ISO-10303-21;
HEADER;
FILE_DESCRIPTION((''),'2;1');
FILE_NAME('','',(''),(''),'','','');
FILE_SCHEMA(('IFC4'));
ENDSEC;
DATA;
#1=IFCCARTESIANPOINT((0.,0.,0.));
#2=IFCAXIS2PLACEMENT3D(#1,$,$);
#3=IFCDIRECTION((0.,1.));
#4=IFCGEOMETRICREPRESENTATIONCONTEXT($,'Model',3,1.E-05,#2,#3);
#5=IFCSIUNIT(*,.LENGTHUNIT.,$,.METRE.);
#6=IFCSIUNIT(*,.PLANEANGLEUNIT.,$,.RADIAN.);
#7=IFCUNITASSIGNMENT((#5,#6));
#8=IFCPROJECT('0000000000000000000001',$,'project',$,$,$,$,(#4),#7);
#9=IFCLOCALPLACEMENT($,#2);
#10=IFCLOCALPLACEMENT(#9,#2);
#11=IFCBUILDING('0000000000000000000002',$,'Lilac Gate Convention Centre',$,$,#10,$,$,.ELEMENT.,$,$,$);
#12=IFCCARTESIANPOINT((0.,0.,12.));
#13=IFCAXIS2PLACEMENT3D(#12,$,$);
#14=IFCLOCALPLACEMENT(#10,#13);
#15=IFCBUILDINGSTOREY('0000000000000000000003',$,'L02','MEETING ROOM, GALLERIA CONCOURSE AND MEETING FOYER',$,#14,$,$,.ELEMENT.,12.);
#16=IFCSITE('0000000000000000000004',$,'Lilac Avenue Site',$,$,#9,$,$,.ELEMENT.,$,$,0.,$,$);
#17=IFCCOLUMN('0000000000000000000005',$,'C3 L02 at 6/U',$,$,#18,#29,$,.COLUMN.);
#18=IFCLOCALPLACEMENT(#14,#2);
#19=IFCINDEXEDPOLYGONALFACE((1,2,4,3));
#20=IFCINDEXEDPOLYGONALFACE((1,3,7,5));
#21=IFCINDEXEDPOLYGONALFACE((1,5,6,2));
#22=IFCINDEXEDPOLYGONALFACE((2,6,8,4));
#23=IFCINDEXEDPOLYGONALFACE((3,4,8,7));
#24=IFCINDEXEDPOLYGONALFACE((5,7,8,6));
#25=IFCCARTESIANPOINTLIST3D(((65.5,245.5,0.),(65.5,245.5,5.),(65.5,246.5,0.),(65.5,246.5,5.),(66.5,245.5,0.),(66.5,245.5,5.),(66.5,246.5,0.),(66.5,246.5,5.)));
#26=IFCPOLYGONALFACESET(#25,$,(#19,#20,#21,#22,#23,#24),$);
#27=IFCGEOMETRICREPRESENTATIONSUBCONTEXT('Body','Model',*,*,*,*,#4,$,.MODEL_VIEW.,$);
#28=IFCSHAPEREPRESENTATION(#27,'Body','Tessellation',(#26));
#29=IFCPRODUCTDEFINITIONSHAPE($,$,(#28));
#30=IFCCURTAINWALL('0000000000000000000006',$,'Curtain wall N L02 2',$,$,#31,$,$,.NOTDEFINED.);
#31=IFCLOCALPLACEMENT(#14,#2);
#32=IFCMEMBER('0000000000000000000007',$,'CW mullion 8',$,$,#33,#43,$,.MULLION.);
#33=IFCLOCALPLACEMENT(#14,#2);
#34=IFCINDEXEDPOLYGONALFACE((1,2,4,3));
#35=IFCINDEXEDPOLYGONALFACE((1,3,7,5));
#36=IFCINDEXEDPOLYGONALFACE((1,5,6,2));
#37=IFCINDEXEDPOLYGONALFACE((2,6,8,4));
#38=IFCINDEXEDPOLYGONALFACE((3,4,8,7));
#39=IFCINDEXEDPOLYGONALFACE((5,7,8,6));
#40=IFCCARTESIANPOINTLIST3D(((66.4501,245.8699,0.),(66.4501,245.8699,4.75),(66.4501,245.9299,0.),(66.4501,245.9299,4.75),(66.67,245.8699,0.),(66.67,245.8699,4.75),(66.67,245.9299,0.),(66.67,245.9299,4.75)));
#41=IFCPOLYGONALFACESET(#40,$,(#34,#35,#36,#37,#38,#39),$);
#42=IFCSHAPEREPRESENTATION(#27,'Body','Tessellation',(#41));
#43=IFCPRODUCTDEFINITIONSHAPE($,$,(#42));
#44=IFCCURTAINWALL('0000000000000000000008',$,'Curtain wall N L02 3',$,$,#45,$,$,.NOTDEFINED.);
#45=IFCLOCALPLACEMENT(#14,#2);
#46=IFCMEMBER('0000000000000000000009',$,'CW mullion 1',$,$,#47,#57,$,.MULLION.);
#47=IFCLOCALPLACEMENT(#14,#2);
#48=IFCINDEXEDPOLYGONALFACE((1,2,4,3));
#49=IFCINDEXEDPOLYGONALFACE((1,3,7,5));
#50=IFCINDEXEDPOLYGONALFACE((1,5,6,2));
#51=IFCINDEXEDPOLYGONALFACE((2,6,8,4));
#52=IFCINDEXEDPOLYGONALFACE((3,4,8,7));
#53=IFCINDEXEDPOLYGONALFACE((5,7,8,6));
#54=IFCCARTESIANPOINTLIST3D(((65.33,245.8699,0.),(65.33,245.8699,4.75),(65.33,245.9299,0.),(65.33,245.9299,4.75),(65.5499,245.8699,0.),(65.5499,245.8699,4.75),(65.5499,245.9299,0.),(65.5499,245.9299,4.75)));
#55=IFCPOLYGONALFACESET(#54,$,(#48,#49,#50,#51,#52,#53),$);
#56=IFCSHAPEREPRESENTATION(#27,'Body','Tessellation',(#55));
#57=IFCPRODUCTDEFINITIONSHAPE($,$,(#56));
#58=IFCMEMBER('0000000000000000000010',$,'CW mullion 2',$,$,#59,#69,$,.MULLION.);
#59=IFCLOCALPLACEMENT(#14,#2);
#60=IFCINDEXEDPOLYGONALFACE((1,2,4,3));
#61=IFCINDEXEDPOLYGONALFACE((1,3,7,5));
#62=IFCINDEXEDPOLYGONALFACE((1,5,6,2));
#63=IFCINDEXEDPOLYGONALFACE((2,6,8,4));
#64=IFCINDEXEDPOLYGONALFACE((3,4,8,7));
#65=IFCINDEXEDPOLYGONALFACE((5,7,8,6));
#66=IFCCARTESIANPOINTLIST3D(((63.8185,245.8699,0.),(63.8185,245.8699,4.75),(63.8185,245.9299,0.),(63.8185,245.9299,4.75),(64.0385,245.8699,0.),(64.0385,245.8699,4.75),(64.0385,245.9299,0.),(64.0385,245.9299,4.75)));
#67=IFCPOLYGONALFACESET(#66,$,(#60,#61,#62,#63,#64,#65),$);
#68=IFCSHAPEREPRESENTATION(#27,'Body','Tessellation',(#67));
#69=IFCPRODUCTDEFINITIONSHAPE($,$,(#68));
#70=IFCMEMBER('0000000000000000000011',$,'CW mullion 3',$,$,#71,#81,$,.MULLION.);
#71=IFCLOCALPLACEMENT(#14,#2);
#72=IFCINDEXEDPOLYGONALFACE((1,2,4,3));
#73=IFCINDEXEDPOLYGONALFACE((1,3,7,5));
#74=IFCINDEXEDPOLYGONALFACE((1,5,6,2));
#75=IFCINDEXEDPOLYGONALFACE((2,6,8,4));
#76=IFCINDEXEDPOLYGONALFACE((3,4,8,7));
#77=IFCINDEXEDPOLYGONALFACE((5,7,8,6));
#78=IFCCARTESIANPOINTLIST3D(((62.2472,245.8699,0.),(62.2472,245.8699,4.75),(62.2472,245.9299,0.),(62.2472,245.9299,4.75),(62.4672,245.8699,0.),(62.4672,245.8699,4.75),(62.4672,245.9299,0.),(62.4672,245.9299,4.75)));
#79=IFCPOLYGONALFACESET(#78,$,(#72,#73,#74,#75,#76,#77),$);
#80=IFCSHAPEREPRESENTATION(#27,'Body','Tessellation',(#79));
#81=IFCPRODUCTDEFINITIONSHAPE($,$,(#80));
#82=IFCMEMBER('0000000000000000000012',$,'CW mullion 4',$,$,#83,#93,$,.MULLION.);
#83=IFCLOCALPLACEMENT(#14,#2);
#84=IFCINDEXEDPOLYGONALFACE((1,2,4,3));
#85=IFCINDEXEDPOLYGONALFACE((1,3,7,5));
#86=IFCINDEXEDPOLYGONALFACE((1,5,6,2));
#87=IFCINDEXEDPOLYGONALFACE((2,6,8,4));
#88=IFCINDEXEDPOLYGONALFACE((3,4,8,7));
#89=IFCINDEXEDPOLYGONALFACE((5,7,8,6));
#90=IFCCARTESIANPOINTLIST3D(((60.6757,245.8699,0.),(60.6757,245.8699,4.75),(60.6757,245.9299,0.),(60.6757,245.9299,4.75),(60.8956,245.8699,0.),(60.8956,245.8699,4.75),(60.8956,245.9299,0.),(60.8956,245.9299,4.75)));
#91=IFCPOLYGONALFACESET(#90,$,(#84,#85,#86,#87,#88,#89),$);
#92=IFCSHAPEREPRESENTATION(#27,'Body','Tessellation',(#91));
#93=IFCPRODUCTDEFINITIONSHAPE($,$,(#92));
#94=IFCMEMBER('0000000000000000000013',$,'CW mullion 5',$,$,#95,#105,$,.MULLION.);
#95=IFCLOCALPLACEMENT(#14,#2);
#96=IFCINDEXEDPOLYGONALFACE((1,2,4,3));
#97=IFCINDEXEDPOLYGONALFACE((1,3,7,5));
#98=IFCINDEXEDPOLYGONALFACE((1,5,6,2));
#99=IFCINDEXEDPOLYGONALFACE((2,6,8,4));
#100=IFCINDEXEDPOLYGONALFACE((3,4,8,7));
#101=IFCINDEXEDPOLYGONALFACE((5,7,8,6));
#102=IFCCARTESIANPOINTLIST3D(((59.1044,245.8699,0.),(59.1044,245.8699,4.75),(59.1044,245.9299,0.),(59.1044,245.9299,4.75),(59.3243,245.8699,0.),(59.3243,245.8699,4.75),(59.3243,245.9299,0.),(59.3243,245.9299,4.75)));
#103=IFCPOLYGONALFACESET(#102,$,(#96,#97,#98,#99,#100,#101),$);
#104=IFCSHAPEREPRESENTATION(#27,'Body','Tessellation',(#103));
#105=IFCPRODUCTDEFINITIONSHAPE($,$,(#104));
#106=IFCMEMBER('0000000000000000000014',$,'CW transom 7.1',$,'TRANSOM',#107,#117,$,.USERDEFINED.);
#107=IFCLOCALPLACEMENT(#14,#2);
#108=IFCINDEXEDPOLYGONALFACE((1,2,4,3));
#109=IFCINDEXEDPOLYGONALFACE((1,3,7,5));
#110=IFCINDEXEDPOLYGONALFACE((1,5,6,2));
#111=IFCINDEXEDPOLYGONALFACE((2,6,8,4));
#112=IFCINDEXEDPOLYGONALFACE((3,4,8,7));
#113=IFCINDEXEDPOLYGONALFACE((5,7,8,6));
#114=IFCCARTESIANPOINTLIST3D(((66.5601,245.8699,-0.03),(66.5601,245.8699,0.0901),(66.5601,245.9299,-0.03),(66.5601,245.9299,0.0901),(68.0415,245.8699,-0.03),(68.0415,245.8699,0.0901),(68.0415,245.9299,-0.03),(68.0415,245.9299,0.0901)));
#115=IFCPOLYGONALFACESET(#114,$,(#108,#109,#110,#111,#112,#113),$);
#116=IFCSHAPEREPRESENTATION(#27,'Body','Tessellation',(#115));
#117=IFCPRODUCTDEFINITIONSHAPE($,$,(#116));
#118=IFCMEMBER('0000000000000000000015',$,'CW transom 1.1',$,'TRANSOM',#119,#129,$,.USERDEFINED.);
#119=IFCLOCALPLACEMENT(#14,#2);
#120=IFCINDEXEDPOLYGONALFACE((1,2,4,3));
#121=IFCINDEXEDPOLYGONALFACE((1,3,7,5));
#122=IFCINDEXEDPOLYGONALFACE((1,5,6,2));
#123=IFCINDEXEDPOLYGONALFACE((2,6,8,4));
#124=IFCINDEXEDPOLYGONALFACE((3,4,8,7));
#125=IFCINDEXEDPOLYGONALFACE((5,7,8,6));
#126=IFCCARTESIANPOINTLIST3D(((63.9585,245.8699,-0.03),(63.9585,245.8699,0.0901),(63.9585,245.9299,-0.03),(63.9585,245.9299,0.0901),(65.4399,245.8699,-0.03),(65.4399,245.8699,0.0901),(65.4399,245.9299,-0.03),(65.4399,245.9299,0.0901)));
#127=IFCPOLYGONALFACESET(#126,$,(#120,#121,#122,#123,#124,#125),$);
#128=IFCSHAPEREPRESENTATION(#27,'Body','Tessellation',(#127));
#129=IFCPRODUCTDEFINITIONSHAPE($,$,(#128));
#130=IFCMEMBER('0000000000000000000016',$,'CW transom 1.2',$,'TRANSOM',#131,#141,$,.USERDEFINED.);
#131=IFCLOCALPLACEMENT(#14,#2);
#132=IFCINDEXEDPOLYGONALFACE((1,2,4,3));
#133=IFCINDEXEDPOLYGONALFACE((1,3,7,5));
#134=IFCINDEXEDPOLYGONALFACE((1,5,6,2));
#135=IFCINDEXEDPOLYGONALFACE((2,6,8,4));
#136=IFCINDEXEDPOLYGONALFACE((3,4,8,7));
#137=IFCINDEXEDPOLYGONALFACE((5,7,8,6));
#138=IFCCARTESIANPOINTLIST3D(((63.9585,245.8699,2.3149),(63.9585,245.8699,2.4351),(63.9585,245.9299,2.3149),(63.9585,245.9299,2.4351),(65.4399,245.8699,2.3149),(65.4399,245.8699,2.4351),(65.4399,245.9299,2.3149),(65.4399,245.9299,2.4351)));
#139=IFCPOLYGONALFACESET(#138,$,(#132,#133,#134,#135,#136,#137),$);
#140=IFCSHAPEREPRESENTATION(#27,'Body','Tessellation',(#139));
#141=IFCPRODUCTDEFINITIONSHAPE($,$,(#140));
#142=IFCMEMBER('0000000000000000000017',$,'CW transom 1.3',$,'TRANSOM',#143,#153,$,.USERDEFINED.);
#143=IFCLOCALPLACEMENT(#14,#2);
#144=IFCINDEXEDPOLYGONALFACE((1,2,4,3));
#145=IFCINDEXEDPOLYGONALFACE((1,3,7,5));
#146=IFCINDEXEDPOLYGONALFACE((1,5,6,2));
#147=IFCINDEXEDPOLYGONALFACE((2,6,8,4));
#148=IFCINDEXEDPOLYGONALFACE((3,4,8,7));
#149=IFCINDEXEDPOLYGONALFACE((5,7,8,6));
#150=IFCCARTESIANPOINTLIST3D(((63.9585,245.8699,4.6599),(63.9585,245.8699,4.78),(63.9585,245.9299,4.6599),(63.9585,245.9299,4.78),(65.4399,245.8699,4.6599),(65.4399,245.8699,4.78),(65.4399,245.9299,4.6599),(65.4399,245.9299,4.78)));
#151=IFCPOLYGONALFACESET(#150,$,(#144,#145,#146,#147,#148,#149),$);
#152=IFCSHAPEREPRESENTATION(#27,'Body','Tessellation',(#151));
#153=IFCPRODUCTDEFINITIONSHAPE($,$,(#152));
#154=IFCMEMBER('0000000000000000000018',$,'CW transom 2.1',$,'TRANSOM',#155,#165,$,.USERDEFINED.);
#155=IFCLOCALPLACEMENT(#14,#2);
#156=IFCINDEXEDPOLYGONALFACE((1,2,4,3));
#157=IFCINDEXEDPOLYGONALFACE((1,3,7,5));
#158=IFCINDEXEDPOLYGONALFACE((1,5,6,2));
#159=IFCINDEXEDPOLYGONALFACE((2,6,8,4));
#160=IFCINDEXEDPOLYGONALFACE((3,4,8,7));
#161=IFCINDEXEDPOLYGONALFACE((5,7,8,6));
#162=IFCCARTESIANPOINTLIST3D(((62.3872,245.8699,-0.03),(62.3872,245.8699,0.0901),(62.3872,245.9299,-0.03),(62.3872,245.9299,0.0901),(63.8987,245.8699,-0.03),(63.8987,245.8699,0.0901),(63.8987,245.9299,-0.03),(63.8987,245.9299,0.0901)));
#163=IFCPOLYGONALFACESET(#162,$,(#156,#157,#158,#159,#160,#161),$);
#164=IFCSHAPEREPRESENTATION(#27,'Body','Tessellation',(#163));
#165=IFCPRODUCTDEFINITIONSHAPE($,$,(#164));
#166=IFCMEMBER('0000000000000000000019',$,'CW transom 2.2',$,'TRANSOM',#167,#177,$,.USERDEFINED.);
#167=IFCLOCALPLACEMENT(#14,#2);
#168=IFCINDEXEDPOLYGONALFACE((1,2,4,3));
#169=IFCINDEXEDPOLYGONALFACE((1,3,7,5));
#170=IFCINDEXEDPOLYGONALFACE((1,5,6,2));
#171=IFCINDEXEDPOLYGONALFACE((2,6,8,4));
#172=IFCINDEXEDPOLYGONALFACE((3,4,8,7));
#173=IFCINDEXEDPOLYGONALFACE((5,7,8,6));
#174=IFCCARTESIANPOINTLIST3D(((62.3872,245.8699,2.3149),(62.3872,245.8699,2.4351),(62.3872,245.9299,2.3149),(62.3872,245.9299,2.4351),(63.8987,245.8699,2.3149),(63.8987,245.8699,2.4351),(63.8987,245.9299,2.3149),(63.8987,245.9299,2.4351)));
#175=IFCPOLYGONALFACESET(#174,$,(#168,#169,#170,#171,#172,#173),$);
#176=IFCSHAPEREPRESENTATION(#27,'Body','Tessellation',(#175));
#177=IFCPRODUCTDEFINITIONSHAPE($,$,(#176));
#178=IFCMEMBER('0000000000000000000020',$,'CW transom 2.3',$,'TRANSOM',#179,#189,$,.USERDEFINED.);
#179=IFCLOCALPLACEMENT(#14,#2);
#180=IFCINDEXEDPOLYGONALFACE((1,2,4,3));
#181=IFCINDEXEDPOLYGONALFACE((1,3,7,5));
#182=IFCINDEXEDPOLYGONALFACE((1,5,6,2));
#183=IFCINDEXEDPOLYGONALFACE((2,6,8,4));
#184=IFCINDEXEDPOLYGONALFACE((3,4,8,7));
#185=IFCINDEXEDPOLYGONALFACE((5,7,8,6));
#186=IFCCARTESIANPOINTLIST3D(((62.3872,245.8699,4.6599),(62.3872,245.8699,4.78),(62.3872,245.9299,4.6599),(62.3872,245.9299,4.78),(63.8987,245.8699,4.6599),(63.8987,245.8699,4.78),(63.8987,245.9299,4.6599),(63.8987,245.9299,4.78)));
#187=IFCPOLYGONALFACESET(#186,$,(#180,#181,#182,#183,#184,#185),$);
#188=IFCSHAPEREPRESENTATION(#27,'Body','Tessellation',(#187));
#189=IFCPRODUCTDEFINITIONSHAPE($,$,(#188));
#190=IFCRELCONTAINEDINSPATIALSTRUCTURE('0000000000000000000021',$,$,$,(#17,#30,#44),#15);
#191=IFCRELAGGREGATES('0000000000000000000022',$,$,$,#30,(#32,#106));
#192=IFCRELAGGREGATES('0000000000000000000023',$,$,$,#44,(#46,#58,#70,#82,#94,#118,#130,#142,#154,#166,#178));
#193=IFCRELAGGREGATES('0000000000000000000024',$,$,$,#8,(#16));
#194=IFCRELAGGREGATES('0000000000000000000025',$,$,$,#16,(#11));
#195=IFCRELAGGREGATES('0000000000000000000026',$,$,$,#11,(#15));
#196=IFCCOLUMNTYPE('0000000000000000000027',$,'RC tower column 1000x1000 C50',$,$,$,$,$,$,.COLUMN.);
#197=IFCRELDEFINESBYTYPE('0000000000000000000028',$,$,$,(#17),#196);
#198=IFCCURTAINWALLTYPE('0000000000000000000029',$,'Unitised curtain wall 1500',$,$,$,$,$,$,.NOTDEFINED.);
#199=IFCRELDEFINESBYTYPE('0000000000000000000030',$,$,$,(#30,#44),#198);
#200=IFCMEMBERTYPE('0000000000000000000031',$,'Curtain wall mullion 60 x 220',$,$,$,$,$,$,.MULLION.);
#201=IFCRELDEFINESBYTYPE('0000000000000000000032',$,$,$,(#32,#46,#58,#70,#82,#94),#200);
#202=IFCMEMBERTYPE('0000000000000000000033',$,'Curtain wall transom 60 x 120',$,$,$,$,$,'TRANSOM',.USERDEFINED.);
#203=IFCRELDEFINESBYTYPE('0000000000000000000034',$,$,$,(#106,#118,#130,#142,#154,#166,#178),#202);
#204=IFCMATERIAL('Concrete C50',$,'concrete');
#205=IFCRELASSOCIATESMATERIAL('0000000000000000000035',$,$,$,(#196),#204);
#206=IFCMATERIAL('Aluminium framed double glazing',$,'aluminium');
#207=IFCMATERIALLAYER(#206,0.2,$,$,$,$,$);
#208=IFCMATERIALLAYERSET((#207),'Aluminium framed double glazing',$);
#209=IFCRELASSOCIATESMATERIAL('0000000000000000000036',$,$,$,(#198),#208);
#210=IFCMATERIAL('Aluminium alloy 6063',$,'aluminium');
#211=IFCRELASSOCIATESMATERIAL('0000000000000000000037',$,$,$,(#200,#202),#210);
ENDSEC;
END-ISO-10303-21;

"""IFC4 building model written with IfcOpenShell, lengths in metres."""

from ifc_helpers import new_model, si_unit, direction, frame, origin, origin_2d, place, context, subcontext, project, spatial, rectangle, extrude, material, layer, layer_set, material_profile, profile_set, type_object, element, aggregate, save


model = new_model("IFC4")

# Units and contexts
model_context = context("Model", 3, precision=1e-05, world=origin(), true_north=direction((0.0, 1.0)))
body_context = subcontext(model_context, "Body", "Model", "MODEL_VIEW")
ifc_project = project(units=[si_unit("LENGTHUNIT", "METRE"), si_unit("PLANEANGLEUNIT", "RADIAN")], contexts=[model_context])

# Site, building, storey
site_placement = place(None, origin())
site = spatial("IfcSite", under=ifc_project, at=site_placement, Name="Lilac Avenue Site", CompositionType="ELEMENT", RefElevation=0.0)
building_placement = place(site_placement, origin())
building = spatial("IfcBuilding", under=site, at=building_placement, Name="Lilac Gate Convention Centre", CompositionType="ELEMENT")
storey_placement = place(building_placement, frame((0.0, 0.0, 12.0)))
storey = spatial("IfcBuildingStorey", under=building, at=storey_placement, Name="L02", Description="MEETING ROOM, GALLERIA CONCOURSE AND MEETING FOYER", CompositionType="ELEMENT", Elevation=12.0)

# Column
ifc_material_1 = material(Name="Concrete C50", Category="concrete")
ifc_material_profile_1 = material_profile(ifc_material_1, rectangle(XDim=1.0, YDim=1.0, at=origin_2d()), Name="RC 1000x1000")
ifc_profile_set_1 = profile_set([ifc_material_profile_1], Name="Concrete C50")
column_type = type_object("IfcColumnType", Name="RC tower column 1000x1000 C50", PredefinedType="COLUMN", material=ifc_profile_set_1)
column_placement = place(storey_placement, frame((66.0, 246.0, 0.0), z_axis=(0.0, 0.0, 1.0), x_axis=(1.0, 0.0, 0.0)))
element("IfcColumn", 1, at=column_placement, inside=storey, type_object=column_type, Name="C3 L02 at 6/U", PredefinedType="COLUMN", context=body_context, shape_type="SweptSolid", body=[
    extrude(rectangle(XDim=1.0, YDim=1.0, at=origin_2d()), origin(), (0.0, 0.0, 1.0), 5.0),
])

# Curtain wall, member
ifc_material_2 = material(Name="Aluminium framed double glazing", Category="aluminium")
ifc_layer_1 = layer(ifc_material_2, 0.2)
ifc_layer_set_1 = layer_set([ifc_layer_1], Name="Aluminium framed double glazing")
curtain_wall_type = type_object("IfcCurtainWallType", Name="Unitised curtain wall 1500", PredefinedType="NOTDEFINED", material=ifc_layer_set_1)
curtain_wall_1_placement = place(storey_placement, origin())
curtain_wall_1 = element("IfcCurtainWall", 2, at=curtain_wall_1_placement, inside=storey, type_object=curtain_wall_type, Name="Curtain wall N L02 2", PredefinedType="NOTDEFINED")
ifc_material_3 = material(Name="Aluminium alloy 6063", Category="aluminium")
ifc_material_profile_2 = material_profile(ifc_material_3, rectangle(XDim=0.0601, YDim=0.22, at=origin_2d()), Name="Curtain wall mullion 60 x 220")
ifc_profile_set_2 = profile_set([ifc_material_profile_2], Name="Aluminium alloy 6063")
member_type_1 = type_object("IfcMemberType", Name="Curtain wall mullion 60 x 220", PredefinedType="MULLION", material=ifc_profile_set_2)
member_1_placement = place(storey_placement, frame((66.5601, 245.8999, 0.0), z_axis=(0.0, 0.0, 1.0), x_axis=(0.0, -1.0, 0.0)))
member_1 = element("IfcMember", 3, at=member_1_placement, type_object=member_type_1, Name="CW mullion 8", PredefinedType="MULLION", context=body_context, shape_type="SweptSolid", body=[
    extrude(rectangle(XDim=0.0601, YDim=0.22, at=origin_2d()), origin(), (0.0, 0.0, 1.0), 4.75),
])

# Curtain wall, members
curtain_wall_2_placement = place(storey_placement, origin())
curtain_wall_2 = element("IfcCurtainWall", 4, at=curtain_wall_2_placement, inside=storey, type_object=curtain_wall_type, Name="Curtain wall N L02 3", PredefinedType="NOTDEFINED")
member_2_placement = place(storey_placement, frame((65.4399, 245.8999, 0.0), z_axis=(0.0, 0.0, 1.0), x_axis=(0.0, -1.0, 0.0)))
member_2 = element("IfcMember", 5, at=member_2_placement, type_object=member_type_1, Name="CW mullion 1", PredefinedType="MULLION", context=body_context, shape_type="SweptSolid", body=[
    extrude(rectangle(XDim=0.0601, YDim=0.22, at=origin_2d()), origin(), (0.0, 0.0, 1.0), 4.75),
])
member_3_placement = place(storey_placement, frame((63.9285, 245.8999, 0.0), z_axis=(0.0, 0.0, 1.0), x_axis=(0.0, -1.0, 0.0)))
member_3 = element("IfcMember", 6, at=member_3_placement, type_object=member_type_1, Name="CW mullion 2", PredefinedType="MULLION", context=body_context, shape_type="SweptSolid", body=[
    extrude(rectangle(XDim=0.0601, YDim=0.22, at=origin_2d()), origin(), (0.0, 0.0, 1.0), 4.75),
])
member_4_placement = place(storey_placement, frame((62.3572, 245.8999, 0.0), z_axis=(0.0, 0.0, 1.0), x_axis=(0.0, -1.0, 0.0)))
member_4 = element("IfcMember", 7, at=member_4_placement, type_object=member_type_1, Name="CW mullion 3", PredefinedType="MULLION", context=body_context, shape_type="SweptSolid", body=[
    extrude(rectangle(XDim=0.0601, YDim=0.22, at=origin_2d()), origin(), (0.0, 0.0, 1.0), 4.75),
])
member_5_placement = place(storey_placement, frame((60.7856, 245.8999, 0.0), z_axis=(0.0, 0.0, 1.0), x_axis=(0.0, -1.0, 0.0)))
member_5 = element("IfcMember", 8, at=member_5_placement, type_object=member_type_1, Name="CW mullion 4", PredefinedType="MULLION", context=body_context, shape_type="SweptSolid", body=[
    extrude(rectangle(XDim=0.0601, YDim=0.22, at=origin_2d()), origin(), (0.0, 0.0, 1.0), 4.75),
])
member_6_placement = place(storey_placement, frame((59.2144, 245.8999, 0.0), z_axis=(0.0, 0.0, 1.0), x_axis=(0.0, -1.0, 0.0)))
member_6 = element("IfcMember", 9, at=member_6_placement, type_object=member_type_1, Name="CW mullion 5", PredefinedType="MULLION", context=body_context, shape_type="SweptSolid", body=[
    extrude(rectangle(XDim=0.0601, YDim=0.22, at=origin_2d()), origin(), (0.0, 0.0, 1.0), 4.75),
])

# Members
ifc_material_profile_3 = material_profile(ifc_material_3, rectangle(XDim=0.0601, YDim=0.1201, at=origin_2d()), Name="Curtain wall transom 60 x 120")
ifc_profile_set_3 = profile_set([ifc_material_profile_3], Name="Aluminium alloy 6063")
member_type_2 = type_object("IfcMemberType", Name="Curtain wall transom 60 x 120", ElementType="TRANSOM", PredefinedType="USERDEFINED", material=ifc_profile_set_3)
member_7_placement = place(storey_placement, frame((68.0415, 245.8999, 0.03), z_axis=(-1.0, 0.0, 0.0), x_axis=(0.0, -1.0, 0.0)))
member_7 = element("IfcMember", 10, at=member_7_placement, type_object=member_type_2, Name="CW transom 7.1", ObjectType="TRANSOM", PredefinedType="USERDEFINED", context=body_context, shape_type="SweptSolid", body=[
    extrude(rectangle(XDim=0.0601, YDim=0.1201, at=origin_2d()), origin(), (0.0, 0.0, 1.0), 1.4814),
])
member_8_placement = place(storey_placement, frame((65.4399, 245.8999, 0.03), z_axis=(-1.0, 0.0, 0.0), x_axis=(0.0, -1.0, 0.0)))
member_8 = element("IfcMember", 11, at=member_8_placement, type_object=member_type_2, Name="CW transom 1.1", ObjectType="TRANSOM", PredefinedType="USERDEFINED", context=body_context, shape_type="SweptSolid", body=[
    extrude(rectangle(XDim=0.0601, YDim=0.1201, at=origin_2d()), origin(), (0.0, 0.0, 1.0), 1.4814),
])
member_9_placement = place(storey_placement, frame((65.4399, 245.8999, 2.375), z_axis=(-1.0, 0.0, 0.0), x_axis=(0.0, -1.0, 0.0)))
member_9 = element("IfcMember", 12, at=member_9_placement, type_object=member_type_2, Name="CW transom 1.2", ObjectType="TRANSOM", PredefinedType="USERDEFINED", context=body_context, shape_type="SweptSolid", body=[
    extrude(rectangle(XDim=0.0601, YDim=0.1201, at=origin_2d()), origin(), (0.0, 0.0, 1.0), 1.4814),
])
member_10_placement = place(storey_placement, frame((65.4399, 245.8999, 4.72), z_axis=(-1.0, 0.0, 0.0), x_axis=(0.0, -1.0, 0.0)))
member_10 = element("IfcMember", 13, at=member_10_placement, type_object=member_type_2, Name="CW transom 1.3", ObjectType="TRANSOM", PredefinedType="USERDEFINED", context=body_context, shape_type="SweptSolid", body=[
    extrude(rectangle(XDim=0.0601, YDim=0.1201, at=origin_2d()), origin(), (0.0, 0.0, 1.0), 1.4814),
])
member_11_placement = place(storey_placement, frame((63.8987, 245.8999, 0.03), z_axis=(-1.0, 0.0, 0.0), x_axis=(0.0, -1.0, 0.0)))
member_11 = element("IfcMember", 14, at=member_11_placement, type_object=member_type_2, Name="CW transom 2.1", ObjectType="TRANSOM", PredefinedType="USERDEFINED", context=body_context, shape_type="SweptSolid", body=[
    extrude(rectangle(XDim=0.0601, YDim=0.1201, at=origin_2d()), origin(), (0.0, 0.0, 1.0), 1.5115),
])
member_12_placement = place(storey_placement, frame((63.8987, 245.8999, 2.375), z_axis=(-1.0, 0.0, 0.0), x_axis=(0.0, -1.0, 0.0)))
member_12 = element("IfcMember", 15, at=member_12_placement, type_object=member_type_2, Name="CW transom 2.2", ObjectType="TRANSOM", PredefinedType="USERDEFINED", context=body_context, shape_type="SweptSolid", body=[
    extrude(rectangle(XDim=0.0601, YDim=0.1201, at=origin_2d()), origin(), (0.0, 0.0, 1.0), 1.5115),
])
member_13_placement = place(storey_placement, frame((63.8987, 245.8999, 4.72), z_axis=(-1.0, 0.0, 0.0), x_axis=(0.0, -1.0, 0.0)))
member_13 = element("IfcMember", 16, at=member_13_placement, type_object=member_type_2, Name="CW transom 2.3", ObjectType="TRANSOM", PredefinedType="USERDEFINED", context=body_context, shape_type="SweptSolid", body=[
    extrude(rectangle(XDim=0.0601, YDim=0.1201, at=origin_2d()), origin(), (0.0, 0.0, 1.0), 1.5115),
])

aggregate(curtain_wall_1, [member_1, member_7])
aggregate(curtain_wall_2, [member_2, member_3, member_4, member_5, member_6, member_8, member_9, member_10, member_11, member_12, member_13])

save(model, "model.ifc")
